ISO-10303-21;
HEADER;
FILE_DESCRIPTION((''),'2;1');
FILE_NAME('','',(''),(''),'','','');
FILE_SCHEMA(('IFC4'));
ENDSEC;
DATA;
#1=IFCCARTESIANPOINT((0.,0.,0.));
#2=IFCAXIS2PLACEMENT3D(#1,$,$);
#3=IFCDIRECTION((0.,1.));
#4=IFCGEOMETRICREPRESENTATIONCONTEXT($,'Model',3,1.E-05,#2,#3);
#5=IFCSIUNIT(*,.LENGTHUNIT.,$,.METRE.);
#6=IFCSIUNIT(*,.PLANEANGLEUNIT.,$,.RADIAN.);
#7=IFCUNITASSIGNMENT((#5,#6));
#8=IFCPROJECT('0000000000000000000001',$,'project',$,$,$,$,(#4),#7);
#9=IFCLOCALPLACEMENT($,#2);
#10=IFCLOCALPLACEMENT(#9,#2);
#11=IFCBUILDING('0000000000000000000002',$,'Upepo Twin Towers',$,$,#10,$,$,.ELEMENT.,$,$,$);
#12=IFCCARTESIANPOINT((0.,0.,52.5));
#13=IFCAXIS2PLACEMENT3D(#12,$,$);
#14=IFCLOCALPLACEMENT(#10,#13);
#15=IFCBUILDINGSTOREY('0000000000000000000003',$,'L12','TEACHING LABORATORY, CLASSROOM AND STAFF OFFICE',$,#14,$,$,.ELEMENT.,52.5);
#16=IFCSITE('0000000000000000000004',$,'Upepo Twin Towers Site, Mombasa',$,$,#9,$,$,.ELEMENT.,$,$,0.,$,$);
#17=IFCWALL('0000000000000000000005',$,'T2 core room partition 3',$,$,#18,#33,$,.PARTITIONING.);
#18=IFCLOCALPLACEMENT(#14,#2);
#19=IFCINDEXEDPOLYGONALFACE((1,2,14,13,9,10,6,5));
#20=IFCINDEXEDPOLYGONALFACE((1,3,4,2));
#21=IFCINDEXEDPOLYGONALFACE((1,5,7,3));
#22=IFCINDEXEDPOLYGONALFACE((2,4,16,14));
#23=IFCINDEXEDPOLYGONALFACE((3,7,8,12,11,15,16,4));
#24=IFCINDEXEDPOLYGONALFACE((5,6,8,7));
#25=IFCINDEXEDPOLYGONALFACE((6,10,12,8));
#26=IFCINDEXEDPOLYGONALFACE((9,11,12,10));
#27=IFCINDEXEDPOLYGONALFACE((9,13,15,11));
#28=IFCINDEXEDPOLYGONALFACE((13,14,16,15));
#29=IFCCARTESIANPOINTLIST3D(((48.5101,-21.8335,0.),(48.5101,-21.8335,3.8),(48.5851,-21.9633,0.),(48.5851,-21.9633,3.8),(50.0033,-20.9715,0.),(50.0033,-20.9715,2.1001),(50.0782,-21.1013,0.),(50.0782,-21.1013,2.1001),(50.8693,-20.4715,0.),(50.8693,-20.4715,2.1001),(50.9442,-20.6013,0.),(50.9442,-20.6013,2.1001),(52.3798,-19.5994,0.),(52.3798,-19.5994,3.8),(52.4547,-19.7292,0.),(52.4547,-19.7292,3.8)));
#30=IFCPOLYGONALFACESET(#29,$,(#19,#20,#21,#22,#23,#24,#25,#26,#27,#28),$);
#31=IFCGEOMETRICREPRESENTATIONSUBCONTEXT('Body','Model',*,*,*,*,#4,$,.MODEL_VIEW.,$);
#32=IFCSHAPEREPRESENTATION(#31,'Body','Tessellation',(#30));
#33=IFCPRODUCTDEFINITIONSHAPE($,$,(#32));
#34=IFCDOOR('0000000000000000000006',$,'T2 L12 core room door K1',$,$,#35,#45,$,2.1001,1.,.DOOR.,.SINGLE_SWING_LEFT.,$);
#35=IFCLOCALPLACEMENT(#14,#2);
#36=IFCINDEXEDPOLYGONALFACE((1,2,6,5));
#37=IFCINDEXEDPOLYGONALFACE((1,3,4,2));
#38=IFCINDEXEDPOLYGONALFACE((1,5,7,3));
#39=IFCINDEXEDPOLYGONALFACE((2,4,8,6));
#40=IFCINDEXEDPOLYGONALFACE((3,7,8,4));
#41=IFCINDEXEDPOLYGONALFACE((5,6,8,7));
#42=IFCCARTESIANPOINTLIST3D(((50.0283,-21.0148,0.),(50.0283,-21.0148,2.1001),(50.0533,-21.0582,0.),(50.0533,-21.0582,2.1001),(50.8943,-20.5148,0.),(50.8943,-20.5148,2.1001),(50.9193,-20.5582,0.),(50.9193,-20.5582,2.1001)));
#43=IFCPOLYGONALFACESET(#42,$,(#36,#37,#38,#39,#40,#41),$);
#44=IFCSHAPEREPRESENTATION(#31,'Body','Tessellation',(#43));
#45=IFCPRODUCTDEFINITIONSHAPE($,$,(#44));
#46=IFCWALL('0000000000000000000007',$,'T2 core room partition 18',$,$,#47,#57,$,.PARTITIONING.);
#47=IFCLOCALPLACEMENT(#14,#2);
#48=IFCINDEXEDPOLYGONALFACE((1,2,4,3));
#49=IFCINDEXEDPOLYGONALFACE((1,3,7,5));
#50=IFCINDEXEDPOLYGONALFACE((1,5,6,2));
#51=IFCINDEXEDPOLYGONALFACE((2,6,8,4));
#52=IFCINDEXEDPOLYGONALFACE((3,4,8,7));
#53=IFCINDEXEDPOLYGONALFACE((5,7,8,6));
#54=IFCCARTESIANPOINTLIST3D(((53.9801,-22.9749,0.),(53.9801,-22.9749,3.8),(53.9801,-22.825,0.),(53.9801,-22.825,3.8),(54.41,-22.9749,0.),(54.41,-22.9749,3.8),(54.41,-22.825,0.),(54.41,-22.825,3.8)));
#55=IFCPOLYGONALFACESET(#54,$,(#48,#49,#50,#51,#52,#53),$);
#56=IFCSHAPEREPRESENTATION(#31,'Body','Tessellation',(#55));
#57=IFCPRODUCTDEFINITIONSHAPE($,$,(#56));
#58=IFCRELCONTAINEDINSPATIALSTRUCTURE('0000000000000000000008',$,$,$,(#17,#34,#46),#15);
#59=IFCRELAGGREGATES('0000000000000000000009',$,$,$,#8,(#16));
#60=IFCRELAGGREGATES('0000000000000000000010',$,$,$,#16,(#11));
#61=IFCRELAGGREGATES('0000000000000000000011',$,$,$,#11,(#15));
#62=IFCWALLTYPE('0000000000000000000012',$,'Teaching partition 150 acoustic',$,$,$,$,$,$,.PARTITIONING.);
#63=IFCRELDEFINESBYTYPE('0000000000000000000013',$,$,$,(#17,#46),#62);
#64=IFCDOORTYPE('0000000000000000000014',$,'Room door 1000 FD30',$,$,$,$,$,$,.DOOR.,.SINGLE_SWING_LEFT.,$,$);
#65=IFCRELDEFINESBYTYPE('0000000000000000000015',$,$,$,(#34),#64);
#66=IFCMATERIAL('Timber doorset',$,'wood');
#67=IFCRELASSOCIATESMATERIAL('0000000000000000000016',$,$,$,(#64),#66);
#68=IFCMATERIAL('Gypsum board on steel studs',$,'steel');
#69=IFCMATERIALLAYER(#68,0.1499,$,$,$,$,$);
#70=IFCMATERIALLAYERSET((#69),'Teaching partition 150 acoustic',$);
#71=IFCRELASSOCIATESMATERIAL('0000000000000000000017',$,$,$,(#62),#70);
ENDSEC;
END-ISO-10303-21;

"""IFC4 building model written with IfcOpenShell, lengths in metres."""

from ifc_helpers import new_model, si_unit, direction, frame, frame_2d, origin, place, context, subcontext, project, spatial, rectangle, extrude, material, layer, layer_set, type_object, element, fill, save


model = new_model("IFC4")

# Units and contexts
model_context = context("Model", 3, precision=1e-05, world=origin(), true_north=direction((0.0, 1.0)))
body_context = subcontext(model_context, "Body", "Model", "MODEL_VIEW")
ifc_project = project(units=[si_unit("LENGTHUNIT", "METRE"), si_unit("PLANEANGLEUNIT", "RADIAN")], contexts=[model_context])

# Site, building, storey
site_placement = place(None, origin())
site = spatial("IfcSite", under=ifc_project, at=site_placement, Name="Upepo Twin Towers Site, Mombasa", CompositionType="ELEMENT", RefElevation=0.0)
building_placement = place(site_placement, origin())
building = spatial("IfcBuilding", under=site, at=building_placement, Name="Upepo Twin Towers", CompositionType="ELEMENT")
storey_placement = place(building_placement, frame((0.0, 0.0, 52.5)))
storey = spatial("IfcBuildingStorey", under=building, at=storey_placement, Name="L12", Description="TEACHING LABORATORY, CLASSROOM AND STAFF OFFICE", CompositionType="ELEMENT", Elevation=52.5)

# Shared definitions
ifc_material_1 = material(Name="Timber doorset", Category="wood")
door_type_1 = type_object("IfcDoorType", Name="Room door 1000 FD30", OperationType="SINGLE_SWING_LEFT", PredefinedType="DOOR", material=ifc_material_1)

# Shared definitions
ifc_material_2 = material(Name="Gypsum board on steel studs", Category="steel")
ifc_layer_1 = layer(ifc_material_2, 0.1499)
ifc_layer_set_1 = layer_set([ifc_layer_1], Name="Teaching partition 150 acoustic")
wall_type_1 = type_object("IfcWallType", Name="Teaching partition 150 acoustic", PredefinedType="PARTITIONING", material=ifc_layer_set_1)

# Wall, opening, door
wall_1_placement = place(storey_placement, frame((48.5476, -21.8984, 0.0), z_axis=(0.0, 0.0, 1.0), x_axis=(0.866025, 0.5, 0.0)))
wall_1 = element("IfcWall", 1, at=wall_1_placement, inside=storey, type_object=wall_type_1, Name="T2 core room partition 3", PredefinedType="PARTITIONING", context=body_context, shape_type="SweptSolid", body=[
    extrude(rectangle(XDim=4.4683, YDim=0.1499, at=frame_2d((2.2341, 0.0))), origin(), (0.0, 0.0, 1.0), 3.8),
])
opening_1_placement = place(wall_1_placement, frame((1.7241, 0.0, 0.0)))
opening_1 = element("IfcOpeningElement", 2, at=opening_1_placement, cuts=wall_1, PredefinedType="OPENING", context=body_context, shape_type="SweptSolid", body=[
    extrude(rectangle(XDim=1.0, YDim=2.1001, at=frame_2d((0.5, 1.05))), frame((0.0, 0.085, 0.0), z_axis=(0.0, -1.0, 0.0), x_axis=(1.0, 0.0, 0.0)), (0.0, 0.0, 1.0), 0.1699),
])
door_1_placement = place(opening_1_placement, origin())
door_1 = element("IfcDoor", 3, at=door_1_placement, inside=storey, type_object=door_type_1, Name="T2 L12 core room door K1", OperationType="SINGLE_SWING_LEFT", OverallHeight=2.1001, OverallWidth=1.0, PredefinedType="DOOR", context=body_context, shape_type="SweptSolid", body=[
    extrude(rectangle(XDim=1.0, YDim=2.1001, at=frame_2d((0.5, 1.05))), frame((0.0, 0.0249, 0.0), z_axis=(0.0, -1.0, 0.0), x_axis=(1.0, 0.0, 0.0)), (0.0, 0.0, 1.0), 0.05),
])
fill(opening_1, door_1)

# Wall
wall_2_placement = place(storey_placement, frame((54.4099, -22.8999, 0.0), z_axis=(0.0, 0.0, 1.0), x_axis=(-1.0, 0.0, 0.0)))
element("IfcWall", 4, at=wall_2_placement, inside=storey, type_object=wall_type_1, Name="T2 core room partition 18", PredefinedType="PARTITIONING", context=body_context, shape_type="SweptSolid", body=[
    extrude(rectangle(XDim=0.4299, YDim=0.1499, at=frame_2d((0.2148, 0.0))), origin(), (0.0, 0.0, 1.0), 3.8),
])

save(model, "model.ifc")
